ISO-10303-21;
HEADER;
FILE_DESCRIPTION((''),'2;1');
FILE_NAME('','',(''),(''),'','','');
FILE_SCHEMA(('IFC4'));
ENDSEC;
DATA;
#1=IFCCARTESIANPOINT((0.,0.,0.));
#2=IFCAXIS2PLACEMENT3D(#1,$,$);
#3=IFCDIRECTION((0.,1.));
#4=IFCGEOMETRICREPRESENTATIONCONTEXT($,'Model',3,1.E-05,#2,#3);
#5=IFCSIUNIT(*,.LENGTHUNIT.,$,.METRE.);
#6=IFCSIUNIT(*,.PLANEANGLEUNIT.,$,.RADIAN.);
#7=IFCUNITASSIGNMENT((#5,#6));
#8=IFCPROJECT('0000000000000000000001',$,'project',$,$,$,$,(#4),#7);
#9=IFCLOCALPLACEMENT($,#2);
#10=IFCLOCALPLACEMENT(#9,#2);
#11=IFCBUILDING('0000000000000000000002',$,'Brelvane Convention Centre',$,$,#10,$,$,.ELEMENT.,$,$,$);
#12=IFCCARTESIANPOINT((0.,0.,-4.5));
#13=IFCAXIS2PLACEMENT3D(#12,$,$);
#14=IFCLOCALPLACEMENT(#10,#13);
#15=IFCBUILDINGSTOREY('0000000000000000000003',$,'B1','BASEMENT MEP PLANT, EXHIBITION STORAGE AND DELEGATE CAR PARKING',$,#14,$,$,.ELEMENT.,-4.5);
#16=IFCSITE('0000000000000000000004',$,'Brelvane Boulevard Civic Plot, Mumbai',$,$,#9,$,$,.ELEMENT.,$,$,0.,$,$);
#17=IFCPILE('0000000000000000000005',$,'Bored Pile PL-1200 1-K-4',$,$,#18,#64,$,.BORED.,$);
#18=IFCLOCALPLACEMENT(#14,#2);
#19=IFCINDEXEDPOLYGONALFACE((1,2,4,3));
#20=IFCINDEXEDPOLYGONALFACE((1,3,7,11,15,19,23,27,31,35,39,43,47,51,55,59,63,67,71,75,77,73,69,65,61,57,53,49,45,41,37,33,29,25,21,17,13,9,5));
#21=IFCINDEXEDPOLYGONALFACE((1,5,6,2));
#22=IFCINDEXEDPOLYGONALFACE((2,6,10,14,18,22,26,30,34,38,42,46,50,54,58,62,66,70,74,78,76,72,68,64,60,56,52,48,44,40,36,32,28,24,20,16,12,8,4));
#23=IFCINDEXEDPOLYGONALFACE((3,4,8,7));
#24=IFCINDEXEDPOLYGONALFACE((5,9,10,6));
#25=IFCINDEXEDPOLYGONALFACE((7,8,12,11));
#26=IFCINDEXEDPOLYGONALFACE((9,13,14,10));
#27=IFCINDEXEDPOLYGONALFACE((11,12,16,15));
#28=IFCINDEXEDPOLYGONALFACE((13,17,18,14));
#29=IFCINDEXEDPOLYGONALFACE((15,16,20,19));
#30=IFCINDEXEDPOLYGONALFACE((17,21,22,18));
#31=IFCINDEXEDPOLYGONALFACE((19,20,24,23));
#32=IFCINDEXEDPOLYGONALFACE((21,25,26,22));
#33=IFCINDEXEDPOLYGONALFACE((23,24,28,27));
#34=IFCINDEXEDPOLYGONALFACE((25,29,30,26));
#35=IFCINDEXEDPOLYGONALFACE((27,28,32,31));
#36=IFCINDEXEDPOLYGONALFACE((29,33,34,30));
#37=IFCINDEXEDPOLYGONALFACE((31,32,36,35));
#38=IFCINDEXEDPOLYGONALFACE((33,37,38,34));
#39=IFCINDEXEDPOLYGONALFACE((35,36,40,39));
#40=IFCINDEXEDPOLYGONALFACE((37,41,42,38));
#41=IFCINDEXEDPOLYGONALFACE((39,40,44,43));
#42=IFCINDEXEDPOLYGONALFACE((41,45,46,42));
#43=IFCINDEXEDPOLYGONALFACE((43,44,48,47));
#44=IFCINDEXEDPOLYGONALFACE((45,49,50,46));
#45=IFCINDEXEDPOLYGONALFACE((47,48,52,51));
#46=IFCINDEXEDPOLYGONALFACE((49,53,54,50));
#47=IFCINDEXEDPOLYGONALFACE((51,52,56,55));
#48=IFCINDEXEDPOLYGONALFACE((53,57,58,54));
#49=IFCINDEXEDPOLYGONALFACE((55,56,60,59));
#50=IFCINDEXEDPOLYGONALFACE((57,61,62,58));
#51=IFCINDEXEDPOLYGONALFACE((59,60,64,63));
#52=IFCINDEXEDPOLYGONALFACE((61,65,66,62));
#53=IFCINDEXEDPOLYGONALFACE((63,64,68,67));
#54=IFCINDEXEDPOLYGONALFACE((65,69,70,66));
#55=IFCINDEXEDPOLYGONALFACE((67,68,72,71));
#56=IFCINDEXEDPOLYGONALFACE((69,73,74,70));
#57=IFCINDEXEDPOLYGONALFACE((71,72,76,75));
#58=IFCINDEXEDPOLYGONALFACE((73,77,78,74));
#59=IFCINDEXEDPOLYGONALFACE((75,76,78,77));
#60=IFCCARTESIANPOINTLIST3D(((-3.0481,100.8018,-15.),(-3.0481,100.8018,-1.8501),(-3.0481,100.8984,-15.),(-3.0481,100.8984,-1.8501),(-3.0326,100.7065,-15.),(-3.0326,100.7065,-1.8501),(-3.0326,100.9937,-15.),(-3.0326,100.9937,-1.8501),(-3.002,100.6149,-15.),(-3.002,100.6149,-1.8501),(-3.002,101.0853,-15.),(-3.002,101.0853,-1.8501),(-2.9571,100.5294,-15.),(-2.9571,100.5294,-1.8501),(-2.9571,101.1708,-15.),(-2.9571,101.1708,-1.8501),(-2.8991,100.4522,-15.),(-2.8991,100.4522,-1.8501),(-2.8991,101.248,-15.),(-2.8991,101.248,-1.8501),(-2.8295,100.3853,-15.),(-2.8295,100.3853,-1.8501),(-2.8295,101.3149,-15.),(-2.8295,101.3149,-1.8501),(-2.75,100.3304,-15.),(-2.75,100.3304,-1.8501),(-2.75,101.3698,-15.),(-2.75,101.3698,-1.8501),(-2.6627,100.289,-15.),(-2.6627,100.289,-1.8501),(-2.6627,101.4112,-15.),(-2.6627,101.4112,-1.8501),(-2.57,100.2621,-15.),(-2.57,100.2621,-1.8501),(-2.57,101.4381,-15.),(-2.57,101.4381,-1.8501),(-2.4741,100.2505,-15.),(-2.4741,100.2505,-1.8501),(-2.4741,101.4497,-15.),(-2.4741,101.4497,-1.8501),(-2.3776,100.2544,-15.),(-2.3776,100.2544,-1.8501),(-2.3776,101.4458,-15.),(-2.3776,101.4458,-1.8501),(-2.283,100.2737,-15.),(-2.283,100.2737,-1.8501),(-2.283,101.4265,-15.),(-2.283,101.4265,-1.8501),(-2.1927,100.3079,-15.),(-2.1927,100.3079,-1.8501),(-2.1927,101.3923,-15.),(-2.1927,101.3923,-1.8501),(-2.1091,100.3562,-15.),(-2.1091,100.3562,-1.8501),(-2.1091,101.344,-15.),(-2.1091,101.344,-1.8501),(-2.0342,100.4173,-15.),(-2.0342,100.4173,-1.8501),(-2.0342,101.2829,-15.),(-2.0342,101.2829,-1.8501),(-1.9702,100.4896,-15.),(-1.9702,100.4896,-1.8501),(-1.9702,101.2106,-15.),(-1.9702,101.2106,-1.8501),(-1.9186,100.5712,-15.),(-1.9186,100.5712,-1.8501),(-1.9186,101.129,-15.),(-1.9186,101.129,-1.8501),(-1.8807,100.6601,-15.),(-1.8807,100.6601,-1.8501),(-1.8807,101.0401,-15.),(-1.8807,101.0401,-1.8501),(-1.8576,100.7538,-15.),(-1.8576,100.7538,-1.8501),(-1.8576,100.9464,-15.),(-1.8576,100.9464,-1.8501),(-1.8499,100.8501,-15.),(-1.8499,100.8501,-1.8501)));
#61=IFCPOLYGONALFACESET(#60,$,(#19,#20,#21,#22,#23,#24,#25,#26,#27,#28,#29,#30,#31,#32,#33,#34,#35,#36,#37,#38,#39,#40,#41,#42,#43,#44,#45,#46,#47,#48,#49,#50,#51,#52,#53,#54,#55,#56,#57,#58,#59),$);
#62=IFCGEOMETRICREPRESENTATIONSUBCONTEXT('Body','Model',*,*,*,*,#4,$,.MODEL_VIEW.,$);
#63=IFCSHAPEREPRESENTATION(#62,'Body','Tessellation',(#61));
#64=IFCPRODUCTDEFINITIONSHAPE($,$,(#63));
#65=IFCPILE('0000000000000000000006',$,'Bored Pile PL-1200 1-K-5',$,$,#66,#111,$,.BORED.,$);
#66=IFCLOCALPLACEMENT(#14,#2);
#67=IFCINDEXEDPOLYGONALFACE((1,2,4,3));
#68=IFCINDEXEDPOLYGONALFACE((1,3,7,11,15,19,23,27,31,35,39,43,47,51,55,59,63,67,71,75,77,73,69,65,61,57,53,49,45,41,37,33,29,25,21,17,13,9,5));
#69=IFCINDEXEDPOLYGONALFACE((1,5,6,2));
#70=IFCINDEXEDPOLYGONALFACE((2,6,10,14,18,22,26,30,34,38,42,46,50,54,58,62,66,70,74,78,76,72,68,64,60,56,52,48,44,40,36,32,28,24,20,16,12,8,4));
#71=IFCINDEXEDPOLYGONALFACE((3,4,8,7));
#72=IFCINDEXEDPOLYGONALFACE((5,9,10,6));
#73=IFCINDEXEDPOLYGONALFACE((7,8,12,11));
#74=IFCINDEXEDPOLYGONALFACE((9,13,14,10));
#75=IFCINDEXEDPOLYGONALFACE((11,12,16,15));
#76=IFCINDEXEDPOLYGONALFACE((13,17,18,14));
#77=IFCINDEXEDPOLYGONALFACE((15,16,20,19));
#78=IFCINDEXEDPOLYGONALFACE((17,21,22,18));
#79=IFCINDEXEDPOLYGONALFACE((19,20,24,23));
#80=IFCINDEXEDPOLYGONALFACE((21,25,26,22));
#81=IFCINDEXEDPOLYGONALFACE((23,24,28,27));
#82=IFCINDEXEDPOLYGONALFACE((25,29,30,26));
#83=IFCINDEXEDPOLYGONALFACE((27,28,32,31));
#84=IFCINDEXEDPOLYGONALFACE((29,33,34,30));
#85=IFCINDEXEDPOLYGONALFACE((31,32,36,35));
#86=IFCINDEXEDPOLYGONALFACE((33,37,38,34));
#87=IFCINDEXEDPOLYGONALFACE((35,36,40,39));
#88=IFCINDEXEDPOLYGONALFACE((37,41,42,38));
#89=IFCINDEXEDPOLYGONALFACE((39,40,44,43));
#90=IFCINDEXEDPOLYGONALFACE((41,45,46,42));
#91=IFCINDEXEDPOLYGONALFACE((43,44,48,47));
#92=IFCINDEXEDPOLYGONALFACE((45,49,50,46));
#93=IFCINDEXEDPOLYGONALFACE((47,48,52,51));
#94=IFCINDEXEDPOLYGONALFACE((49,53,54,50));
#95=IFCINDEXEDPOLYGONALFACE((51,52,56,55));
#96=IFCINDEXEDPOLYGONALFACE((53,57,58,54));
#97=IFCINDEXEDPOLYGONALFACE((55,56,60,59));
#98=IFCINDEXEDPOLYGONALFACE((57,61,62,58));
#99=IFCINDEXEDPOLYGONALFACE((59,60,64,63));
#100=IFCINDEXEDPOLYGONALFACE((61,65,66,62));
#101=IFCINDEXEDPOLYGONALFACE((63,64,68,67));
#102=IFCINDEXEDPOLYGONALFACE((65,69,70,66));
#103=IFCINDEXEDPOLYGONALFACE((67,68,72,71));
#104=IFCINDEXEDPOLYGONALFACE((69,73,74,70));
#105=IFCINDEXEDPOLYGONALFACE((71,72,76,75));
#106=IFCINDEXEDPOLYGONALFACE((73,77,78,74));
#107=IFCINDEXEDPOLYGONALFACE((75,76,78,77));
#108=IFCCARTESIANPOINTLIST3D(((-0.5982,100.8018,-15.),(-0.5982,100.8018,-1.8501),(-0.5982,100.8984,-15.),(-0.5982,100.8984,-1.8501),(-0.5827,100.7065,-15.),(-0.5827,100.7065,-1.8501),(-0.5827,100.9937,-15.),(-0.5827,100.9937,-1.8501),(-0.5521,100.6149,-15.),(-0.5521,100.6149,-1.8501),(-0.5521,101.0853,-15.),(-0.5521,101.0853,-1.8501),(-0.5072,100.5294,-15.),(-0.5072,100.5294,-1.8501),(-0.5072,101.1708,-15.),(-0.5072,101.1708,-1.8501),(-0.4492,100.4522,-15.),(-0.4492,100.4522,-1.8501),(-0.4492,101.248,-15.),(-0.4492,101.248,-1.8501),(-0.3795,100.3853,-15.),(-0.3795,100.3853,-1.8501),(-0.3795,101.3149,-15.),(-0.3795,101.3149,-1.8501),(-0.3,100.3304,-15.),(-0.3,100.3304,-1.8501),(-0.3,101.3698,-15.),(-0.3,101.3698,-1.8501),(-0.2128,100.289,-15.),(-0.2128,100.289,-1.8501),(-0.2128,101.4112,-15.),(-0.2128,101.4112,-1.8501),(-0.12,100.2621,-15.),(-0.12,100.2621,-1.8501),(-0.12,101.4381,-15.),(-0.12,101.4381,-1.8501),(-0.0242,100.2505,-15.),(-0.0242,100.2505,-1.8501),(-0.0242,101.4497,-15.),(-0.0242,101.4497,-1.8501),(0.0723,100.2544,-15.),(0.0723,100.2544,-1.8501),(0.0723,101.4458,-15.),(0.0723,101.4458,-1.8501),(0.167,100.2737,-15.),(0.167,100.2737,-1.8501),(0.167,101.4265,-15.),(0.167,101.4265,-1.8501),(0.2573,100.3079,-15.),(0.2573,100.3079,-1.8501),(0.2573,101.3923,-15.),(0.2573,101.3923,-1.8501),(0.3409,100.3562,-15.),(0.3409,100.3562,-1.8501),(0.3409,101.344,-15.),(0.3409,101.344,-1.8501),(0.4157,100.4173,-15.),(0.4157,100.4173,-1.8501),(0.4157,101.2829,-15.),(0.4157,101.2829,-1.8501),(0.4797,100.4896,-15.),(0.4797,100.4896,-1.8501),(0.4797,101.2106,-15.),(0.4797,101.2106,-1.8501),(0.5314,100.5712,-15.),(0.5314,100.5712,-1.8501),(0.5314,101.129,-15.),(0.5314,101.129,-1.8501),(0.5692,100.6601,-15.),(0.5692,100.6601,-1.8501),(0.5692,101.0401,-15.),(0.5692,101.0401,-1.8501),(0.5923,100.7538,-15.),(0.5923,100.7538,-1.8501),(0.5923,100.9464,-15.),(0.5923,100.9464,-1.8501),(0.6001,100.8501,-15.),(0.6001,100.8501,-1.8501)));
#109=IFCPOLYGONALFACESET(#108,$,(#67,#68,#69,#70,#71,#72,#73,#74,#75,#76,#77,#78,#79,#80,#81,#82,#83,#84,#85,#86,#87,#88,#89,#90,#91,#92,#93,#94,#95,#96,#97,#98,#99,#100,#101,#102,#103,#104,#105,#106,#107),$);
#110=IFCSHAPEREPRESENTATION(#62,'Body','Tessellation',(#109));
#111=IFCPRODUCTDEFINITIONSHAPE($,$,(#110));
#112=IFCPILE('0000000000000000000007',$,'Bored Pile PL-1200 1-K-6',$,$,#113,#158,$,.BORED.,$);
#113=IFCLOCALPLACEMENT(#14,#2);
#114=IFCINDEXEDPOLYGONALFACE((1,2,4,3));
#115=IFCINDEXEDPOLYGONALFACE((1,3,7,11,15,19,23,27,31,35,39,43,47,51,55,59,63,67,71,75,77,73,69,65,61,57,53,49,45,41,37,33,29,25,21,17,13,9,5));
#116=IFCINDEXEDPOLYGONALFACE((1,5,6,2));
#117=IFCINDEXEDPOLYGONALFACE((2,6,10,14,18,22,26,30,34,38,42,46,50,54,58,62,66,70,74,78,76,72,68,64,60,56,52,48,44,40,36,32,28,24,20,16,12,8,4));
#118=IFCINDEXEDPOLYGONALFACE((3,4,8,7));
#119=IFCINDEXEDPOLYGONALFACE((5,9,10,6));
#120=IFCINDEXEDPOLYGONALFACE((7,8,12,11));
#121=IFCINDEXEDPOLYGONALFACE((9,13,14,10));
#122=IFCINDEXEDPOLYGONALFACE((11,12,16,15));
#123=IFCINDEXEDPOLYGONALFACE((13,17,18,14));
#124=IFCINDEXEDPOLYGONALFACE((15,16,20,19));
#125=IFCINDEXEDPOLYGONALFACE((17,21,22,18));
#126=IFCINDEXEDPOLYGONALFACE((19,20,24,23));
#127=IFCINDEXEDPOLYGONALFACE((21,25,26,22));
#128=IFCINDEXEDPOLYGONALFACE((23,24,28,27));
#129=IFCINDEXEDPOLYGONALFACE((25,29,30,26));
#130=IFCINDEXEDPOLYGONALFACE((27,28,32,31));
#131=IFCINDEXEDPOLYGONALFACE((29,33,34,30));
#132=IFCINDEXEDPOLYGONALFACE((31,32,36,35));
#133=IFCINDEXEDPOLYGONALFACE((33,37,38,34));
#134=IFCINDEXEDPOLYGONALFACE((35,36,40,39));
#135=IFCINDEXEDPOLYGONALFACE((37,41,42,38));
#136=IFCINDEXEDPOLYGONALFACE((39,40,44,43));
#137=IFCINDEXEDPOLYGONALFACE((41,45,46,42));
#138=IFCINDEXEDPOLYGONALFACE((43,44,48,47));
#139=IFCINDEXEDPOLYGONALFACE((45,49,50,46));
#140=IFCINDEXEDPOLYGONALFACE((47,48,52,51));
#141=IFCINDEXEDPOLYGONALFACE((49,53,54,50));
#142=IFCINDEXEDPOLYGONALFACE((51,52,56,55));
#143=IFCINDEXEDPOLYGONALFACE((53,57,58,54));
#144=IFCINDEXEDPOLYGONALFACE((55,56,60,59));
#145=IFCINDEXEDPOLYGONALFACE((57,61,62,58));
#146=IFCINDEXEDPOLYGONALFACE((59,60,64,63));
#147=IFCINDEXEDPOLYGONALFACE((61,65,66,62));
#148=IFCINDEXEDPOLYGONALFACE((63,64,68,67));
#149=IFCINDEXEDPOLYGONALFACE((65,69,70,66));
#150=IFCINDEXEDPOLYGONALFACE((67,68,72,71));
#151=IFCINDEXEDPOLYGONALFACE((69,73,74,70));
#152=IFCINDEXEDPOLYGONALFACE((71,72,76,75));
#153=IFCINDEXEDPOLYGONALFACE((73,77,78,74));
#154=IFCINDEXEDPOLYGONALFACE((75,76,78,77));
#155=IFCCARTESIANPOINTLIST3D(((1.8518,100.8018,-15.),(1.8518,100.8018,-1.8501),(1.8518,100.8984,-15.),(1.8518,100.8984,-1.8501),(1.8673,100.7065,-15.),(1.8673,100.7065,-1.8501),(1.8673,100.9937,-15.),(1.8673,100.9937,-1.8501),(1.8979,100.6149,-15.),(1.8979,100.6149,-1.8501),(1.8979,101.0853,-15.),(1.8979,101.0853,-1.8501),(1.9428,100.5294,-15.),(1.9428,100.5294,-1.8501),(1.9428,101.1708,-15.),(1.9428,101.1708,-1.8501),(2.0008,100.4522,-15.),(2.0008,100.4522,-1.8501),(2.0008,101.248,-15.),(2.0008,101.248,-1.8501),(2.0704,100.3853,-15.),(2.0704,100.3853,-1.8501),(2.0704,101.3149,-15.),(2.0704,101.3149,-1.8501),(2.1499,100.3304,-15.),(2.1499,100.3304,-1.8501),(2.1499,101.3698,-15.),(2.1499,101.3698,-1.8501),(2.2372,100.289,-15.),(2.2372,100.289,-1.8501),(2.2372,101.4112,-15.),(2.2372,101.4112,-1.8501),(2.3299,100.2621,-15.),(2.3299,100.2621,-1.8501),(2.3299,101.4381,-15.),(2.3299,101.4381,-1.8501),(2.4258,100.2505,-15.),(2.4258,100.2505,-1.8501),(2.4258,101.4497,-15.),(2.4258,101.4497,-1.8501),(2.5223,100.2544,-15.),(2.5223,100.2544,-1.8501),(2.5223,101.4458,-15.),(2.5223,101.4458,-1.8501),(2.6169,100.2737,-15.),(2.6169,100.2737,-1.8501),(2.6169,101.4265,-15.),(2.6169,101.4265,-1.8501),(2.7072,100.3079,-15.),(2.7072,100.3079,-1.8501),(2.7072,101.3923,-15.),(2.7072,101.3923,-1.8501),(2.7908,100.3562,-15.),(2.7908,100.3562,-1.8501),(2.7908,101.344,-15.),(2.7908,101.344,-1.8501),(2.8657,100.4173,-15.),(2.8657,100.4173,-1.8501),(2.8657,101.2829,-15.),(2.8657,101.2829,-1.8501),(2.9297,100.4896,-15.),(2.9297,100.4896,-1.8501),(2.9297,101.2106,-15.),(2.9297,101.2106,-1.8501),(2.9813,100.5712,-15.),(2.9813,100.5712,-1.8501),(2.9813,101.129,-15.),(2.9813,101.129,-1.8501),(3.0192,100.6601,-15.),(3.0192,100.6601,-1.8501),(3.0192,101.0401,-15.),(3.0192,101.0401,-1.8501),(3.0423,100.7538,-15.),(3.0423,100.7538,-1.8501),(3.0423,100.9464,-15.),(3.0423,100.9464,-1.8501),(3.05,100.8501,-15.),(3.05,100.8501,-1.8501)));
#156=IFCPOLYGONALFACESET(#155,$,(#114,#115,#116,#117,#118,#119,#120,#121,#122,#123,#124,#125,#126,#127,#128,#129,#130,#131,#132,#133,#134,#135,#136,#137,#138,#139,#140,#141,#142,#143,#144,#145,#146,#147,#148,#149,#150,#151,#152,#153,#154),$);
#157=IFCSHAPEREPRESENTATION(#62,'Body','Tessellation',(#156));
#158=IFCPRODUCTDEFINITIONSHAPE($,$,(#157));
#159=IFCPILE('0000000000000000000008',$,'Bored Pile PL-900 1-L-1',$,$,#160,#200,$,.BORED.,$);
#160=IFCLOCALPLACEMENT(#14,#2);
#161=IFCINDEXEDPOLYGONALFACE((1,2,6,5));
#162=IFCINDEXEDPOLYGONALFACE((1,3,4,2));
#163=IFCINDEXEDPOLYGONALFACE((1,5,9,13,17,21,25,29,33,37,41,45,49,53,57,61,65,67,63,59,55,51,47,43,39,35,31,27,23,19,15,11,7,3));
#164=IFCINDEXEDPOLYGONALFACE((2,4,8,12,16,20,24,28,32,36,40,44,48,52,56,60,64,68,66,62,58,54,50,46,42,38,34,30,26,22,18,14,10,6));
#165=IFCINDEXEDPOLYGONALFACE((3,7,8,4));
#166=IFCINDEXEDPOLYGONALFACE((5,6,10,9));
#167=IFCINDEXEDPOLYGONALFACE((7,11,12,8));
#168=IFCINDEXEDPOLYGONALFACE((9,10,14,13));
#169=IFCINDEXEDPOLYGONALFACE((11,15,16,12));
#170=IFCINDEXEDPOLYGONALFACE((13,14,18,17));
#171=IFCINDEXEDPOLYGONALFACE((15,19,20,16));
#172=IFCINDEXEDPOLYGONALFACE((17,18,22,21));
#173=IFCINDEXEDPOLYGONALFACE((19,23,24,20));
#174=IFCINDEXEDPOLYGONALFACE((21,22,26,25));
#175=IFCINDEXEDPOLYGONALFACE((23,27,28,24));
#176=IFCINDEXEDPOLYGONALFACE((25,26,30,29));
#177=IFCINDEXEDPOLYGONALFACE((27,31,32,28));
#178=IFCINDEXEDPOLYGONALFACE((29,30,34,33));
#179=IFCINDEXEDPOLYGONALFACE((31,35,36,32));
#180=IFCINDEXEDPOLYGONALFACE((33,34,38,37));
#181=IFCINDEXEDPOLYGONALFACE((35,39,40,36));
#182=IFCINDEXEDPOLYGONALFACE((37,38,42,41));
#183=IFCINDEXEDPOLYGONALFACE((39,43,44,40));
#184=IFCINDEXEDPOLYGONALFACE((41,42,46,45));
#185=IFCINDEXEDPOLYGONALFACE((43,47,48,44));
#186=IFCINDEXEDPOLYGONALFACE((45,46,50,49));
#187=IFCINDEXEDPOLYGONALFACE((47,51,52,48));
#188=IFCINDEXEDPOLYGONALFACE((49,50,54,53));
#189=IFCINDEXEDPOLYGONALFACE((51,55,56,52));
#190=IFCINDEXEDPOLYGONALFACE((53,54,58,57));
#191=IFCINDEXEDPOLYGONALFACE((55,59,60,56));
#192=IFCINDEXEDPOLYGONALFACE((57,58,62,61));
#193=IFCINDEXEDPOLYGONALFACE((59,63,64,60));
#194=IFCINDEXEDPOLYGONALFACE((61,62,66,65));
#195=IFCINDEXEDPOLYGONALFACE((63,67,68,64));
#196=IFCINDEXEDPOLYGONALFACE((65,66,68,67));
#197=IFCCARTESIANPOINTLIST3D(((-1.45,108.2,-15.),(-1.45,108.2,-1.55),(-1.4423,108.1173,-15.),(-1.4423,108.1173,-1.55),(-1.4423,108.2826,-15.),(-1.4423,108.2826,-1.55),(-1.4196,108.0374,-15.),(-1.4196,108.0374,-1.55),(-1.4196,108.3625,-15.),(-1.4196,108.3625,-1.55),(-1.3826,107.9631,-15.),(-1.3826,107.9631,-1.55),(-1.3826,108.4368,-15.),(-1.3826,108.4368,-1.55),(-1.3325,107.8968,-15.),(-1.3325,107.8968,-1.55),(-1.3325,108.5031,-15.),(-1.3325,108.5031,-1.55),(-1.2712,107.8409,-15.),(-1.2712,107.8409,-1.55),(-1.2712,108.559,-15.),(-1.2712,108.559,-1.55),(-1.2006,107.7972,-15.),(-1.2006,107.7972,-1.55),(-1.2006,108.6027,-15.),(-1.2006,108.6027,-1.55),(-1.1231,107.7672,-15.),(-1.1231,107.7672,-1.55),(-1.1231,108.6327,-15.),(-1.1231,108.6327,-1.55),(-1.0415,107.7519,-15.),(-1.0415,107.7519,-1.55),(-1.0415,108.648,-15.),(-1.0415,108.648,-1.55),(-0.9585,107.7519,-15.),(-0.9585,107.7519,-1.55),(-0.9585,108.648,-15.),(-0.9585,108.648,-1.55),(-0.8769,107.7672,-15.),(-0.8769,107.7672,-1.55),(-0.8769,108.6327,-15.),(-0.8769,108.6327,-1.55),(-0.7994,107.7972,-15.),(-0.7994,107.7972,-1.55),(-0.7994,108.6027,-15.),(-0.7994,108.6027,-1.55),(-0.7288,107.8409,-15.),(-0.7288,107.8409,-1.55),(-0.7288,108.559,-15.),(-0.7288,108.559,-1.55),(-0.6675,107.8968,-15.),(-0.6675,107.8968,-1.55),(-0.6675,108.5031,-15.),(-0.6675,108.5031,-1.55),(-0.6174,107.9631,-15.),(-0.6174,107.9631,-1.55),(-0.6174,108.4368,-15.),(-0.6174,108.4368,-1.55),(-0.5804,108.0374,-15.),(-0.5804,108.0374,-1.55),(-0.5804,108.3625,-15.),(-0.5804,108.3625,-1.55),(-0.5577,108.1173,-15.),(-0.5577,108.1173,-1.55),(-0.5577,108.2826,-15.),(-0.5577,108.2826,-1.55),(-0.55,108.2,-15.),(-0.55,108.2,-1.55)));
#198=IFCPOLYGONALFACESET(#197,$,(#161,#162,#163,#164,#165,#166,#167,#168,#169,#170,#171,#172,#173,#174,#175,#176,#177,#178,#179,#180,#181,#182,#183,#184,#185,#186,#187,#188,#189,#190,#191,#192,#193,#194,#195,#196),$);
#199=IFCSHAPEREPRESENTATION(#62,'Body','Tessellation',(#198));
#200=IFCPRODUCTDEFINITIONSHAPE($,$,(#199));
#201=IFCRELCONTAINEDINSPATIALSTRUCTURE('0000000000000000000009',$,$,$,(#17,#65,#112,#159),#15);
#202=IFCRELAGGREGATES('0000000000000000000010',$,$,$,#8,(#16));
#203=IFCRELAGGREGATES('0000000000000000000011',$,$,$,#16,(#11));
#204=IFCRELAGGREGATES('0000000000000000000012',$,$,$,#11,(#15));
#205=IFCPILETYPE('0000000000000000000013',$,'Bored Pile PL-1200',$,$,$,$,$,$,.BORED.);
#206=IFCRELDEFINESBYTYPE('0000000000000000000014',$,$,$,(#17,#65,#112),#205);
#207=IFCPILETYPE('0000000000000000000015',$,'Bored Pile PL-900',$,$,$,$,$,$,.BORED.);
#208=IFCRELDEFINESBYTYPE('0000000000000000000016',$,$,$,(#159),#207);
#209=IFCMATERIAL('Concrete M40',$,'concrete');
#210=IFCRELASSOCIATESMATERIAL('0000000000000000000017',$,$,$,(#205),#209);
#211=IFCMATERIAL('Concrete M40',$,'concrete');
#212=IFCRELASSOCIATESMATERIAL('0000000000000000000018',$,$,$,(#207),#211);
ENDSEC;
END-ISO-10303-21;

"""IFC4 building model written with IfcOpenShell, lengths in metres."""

from ifc_helpers import new_model, si_unit, direction, frame, origin, origin_2d, place, context, subcontext, project, spatial, circle, extrude, material, material_profile, profile_set, type_object, element, save


model = new_model("IFC4")

# Units and contexts
model_context = context("Model", 3, precision=1e-05, world=origin(), true_north=direction((0.0, 1.0)))
body_context = subcontext(model_context, "Body", "Model", "MODEL_VIEW")
ifc_project = project(units=[si_unit("LENGTHUNIT", "METRE"), si_unit("PLANEANGLEUNIT", "RADIAN")], contexts=[model_context])

# Site, building, storey
site_placement = place(None, origin())
site = spatial("IfcSite", under=ifc_project, at=site_placement, Name="Brelvane Boulevard Civic Plot, Mumbai", CompositionType="ELEMENT", RefElevation=0.0)
building_placement = place(site_placement, origin())
building = spatial("IfcBuilding", under=site, at=building_placement, Name="Brelvane Convention Centre", CompositionType="ELEMENT")
storey_placement = place(building_placement, frame((0.0, 0.0, -4.5)))
storey = spatial("IfcBuildingStorey", under=building, at=storey_placement, Name="B1", Description="BASEMENT MEP PLANT, EXHIBITION STORAGE AND DELEGATE CAR PARKING", CompositionType="ELEMENT", Elevation=-4.5)

# Piles
ifc_material_1 = material(Name="Concrete M40", Category="concrete")
ifc_material_profile_1 = material_profile(ifc_material_1, circle(Radius=0.6001, at=origin_2d()), Name="PILE D1200")
ifc_profile_set_1 = profile_set([ifc_material_profile_1], Name="Concrete M40")
pile_type_1 = type_object("IfcPileType", Name="Bored Pile PL-1200", PredefinedType="BORED", material=ifc_profile_set_1)
for number, where, z_axis, x_axis, name in (
    (1, (-2.45, 100.8501, -1.8501), (0.0, 0.0, -1.0), (1.0, 0.0, 0.0), "Bored Pile PL-1200 1-K-4"),
    (2, (0.0, 100.8501, -1.8501), (0.0, 0.0, -1.0), (1.0, 0.0, 0.0), "Bored Pile PL-1200 1-K-5"),
    (3, (2.45, 100.8501, -1.8501), (0.0, 0.0, -1.0), (1.0, 0.0, 0.0), "Bored Pile PL-1200 1-K-6"),
):
    element("IfcPile", number, at=place(storey_placement, frame(where, z_axis=z_axis, x_axis=x_axis)), inside=storey, type_object=pile_type_1, Name=name, PredefinedType="BORED", context=body_context, shape_type="SweptSolid", body=[
        extrude(circle(Radius=0.6001, at=origin_2d()), origin(), (0.0, 0.0, 1.0), 13.1499),
    ])
ifc_material_2 = material(Name="Concrete M40", Category="concrete")
ifc_material_profile_2 = material_profile(ifc_material_2, circle(Radius=0.45, at=origin_2d()), Name="PILE D900")
ifc_profile_set_2 = profile_set([ifc_material_profile_2], Name="Concrete M40")
pile_type_2 = type_object("IfcPileType", Name="Bored Pile PL-900", PredefinedType="BORED", material=ifc_profile_set_2)
for number, where, z_axis, x_axis, name in (
    (4, (-1.0, 108.2, -1.55), (0.0, 0.0, -1.0), (1.0, 0.0, 0.0), "Bored Pile PL-900 1-L-1"),
):
    element("IfcPile", number, at=place(storey_placement, frame(where, z_axis=z_axis, x_axis=x_axis)), inside=storey, type_object=pile_type_2, Name=name, PredefinedType="BORED", context=body_context, shape_type="SweptSolid", body=[
        extrude(circle(Radius=0.45, at=origin_2d()), origin(), (0.0, 0.0, 1.0), 13.45),
    ])

save(model, "model.ifc")
